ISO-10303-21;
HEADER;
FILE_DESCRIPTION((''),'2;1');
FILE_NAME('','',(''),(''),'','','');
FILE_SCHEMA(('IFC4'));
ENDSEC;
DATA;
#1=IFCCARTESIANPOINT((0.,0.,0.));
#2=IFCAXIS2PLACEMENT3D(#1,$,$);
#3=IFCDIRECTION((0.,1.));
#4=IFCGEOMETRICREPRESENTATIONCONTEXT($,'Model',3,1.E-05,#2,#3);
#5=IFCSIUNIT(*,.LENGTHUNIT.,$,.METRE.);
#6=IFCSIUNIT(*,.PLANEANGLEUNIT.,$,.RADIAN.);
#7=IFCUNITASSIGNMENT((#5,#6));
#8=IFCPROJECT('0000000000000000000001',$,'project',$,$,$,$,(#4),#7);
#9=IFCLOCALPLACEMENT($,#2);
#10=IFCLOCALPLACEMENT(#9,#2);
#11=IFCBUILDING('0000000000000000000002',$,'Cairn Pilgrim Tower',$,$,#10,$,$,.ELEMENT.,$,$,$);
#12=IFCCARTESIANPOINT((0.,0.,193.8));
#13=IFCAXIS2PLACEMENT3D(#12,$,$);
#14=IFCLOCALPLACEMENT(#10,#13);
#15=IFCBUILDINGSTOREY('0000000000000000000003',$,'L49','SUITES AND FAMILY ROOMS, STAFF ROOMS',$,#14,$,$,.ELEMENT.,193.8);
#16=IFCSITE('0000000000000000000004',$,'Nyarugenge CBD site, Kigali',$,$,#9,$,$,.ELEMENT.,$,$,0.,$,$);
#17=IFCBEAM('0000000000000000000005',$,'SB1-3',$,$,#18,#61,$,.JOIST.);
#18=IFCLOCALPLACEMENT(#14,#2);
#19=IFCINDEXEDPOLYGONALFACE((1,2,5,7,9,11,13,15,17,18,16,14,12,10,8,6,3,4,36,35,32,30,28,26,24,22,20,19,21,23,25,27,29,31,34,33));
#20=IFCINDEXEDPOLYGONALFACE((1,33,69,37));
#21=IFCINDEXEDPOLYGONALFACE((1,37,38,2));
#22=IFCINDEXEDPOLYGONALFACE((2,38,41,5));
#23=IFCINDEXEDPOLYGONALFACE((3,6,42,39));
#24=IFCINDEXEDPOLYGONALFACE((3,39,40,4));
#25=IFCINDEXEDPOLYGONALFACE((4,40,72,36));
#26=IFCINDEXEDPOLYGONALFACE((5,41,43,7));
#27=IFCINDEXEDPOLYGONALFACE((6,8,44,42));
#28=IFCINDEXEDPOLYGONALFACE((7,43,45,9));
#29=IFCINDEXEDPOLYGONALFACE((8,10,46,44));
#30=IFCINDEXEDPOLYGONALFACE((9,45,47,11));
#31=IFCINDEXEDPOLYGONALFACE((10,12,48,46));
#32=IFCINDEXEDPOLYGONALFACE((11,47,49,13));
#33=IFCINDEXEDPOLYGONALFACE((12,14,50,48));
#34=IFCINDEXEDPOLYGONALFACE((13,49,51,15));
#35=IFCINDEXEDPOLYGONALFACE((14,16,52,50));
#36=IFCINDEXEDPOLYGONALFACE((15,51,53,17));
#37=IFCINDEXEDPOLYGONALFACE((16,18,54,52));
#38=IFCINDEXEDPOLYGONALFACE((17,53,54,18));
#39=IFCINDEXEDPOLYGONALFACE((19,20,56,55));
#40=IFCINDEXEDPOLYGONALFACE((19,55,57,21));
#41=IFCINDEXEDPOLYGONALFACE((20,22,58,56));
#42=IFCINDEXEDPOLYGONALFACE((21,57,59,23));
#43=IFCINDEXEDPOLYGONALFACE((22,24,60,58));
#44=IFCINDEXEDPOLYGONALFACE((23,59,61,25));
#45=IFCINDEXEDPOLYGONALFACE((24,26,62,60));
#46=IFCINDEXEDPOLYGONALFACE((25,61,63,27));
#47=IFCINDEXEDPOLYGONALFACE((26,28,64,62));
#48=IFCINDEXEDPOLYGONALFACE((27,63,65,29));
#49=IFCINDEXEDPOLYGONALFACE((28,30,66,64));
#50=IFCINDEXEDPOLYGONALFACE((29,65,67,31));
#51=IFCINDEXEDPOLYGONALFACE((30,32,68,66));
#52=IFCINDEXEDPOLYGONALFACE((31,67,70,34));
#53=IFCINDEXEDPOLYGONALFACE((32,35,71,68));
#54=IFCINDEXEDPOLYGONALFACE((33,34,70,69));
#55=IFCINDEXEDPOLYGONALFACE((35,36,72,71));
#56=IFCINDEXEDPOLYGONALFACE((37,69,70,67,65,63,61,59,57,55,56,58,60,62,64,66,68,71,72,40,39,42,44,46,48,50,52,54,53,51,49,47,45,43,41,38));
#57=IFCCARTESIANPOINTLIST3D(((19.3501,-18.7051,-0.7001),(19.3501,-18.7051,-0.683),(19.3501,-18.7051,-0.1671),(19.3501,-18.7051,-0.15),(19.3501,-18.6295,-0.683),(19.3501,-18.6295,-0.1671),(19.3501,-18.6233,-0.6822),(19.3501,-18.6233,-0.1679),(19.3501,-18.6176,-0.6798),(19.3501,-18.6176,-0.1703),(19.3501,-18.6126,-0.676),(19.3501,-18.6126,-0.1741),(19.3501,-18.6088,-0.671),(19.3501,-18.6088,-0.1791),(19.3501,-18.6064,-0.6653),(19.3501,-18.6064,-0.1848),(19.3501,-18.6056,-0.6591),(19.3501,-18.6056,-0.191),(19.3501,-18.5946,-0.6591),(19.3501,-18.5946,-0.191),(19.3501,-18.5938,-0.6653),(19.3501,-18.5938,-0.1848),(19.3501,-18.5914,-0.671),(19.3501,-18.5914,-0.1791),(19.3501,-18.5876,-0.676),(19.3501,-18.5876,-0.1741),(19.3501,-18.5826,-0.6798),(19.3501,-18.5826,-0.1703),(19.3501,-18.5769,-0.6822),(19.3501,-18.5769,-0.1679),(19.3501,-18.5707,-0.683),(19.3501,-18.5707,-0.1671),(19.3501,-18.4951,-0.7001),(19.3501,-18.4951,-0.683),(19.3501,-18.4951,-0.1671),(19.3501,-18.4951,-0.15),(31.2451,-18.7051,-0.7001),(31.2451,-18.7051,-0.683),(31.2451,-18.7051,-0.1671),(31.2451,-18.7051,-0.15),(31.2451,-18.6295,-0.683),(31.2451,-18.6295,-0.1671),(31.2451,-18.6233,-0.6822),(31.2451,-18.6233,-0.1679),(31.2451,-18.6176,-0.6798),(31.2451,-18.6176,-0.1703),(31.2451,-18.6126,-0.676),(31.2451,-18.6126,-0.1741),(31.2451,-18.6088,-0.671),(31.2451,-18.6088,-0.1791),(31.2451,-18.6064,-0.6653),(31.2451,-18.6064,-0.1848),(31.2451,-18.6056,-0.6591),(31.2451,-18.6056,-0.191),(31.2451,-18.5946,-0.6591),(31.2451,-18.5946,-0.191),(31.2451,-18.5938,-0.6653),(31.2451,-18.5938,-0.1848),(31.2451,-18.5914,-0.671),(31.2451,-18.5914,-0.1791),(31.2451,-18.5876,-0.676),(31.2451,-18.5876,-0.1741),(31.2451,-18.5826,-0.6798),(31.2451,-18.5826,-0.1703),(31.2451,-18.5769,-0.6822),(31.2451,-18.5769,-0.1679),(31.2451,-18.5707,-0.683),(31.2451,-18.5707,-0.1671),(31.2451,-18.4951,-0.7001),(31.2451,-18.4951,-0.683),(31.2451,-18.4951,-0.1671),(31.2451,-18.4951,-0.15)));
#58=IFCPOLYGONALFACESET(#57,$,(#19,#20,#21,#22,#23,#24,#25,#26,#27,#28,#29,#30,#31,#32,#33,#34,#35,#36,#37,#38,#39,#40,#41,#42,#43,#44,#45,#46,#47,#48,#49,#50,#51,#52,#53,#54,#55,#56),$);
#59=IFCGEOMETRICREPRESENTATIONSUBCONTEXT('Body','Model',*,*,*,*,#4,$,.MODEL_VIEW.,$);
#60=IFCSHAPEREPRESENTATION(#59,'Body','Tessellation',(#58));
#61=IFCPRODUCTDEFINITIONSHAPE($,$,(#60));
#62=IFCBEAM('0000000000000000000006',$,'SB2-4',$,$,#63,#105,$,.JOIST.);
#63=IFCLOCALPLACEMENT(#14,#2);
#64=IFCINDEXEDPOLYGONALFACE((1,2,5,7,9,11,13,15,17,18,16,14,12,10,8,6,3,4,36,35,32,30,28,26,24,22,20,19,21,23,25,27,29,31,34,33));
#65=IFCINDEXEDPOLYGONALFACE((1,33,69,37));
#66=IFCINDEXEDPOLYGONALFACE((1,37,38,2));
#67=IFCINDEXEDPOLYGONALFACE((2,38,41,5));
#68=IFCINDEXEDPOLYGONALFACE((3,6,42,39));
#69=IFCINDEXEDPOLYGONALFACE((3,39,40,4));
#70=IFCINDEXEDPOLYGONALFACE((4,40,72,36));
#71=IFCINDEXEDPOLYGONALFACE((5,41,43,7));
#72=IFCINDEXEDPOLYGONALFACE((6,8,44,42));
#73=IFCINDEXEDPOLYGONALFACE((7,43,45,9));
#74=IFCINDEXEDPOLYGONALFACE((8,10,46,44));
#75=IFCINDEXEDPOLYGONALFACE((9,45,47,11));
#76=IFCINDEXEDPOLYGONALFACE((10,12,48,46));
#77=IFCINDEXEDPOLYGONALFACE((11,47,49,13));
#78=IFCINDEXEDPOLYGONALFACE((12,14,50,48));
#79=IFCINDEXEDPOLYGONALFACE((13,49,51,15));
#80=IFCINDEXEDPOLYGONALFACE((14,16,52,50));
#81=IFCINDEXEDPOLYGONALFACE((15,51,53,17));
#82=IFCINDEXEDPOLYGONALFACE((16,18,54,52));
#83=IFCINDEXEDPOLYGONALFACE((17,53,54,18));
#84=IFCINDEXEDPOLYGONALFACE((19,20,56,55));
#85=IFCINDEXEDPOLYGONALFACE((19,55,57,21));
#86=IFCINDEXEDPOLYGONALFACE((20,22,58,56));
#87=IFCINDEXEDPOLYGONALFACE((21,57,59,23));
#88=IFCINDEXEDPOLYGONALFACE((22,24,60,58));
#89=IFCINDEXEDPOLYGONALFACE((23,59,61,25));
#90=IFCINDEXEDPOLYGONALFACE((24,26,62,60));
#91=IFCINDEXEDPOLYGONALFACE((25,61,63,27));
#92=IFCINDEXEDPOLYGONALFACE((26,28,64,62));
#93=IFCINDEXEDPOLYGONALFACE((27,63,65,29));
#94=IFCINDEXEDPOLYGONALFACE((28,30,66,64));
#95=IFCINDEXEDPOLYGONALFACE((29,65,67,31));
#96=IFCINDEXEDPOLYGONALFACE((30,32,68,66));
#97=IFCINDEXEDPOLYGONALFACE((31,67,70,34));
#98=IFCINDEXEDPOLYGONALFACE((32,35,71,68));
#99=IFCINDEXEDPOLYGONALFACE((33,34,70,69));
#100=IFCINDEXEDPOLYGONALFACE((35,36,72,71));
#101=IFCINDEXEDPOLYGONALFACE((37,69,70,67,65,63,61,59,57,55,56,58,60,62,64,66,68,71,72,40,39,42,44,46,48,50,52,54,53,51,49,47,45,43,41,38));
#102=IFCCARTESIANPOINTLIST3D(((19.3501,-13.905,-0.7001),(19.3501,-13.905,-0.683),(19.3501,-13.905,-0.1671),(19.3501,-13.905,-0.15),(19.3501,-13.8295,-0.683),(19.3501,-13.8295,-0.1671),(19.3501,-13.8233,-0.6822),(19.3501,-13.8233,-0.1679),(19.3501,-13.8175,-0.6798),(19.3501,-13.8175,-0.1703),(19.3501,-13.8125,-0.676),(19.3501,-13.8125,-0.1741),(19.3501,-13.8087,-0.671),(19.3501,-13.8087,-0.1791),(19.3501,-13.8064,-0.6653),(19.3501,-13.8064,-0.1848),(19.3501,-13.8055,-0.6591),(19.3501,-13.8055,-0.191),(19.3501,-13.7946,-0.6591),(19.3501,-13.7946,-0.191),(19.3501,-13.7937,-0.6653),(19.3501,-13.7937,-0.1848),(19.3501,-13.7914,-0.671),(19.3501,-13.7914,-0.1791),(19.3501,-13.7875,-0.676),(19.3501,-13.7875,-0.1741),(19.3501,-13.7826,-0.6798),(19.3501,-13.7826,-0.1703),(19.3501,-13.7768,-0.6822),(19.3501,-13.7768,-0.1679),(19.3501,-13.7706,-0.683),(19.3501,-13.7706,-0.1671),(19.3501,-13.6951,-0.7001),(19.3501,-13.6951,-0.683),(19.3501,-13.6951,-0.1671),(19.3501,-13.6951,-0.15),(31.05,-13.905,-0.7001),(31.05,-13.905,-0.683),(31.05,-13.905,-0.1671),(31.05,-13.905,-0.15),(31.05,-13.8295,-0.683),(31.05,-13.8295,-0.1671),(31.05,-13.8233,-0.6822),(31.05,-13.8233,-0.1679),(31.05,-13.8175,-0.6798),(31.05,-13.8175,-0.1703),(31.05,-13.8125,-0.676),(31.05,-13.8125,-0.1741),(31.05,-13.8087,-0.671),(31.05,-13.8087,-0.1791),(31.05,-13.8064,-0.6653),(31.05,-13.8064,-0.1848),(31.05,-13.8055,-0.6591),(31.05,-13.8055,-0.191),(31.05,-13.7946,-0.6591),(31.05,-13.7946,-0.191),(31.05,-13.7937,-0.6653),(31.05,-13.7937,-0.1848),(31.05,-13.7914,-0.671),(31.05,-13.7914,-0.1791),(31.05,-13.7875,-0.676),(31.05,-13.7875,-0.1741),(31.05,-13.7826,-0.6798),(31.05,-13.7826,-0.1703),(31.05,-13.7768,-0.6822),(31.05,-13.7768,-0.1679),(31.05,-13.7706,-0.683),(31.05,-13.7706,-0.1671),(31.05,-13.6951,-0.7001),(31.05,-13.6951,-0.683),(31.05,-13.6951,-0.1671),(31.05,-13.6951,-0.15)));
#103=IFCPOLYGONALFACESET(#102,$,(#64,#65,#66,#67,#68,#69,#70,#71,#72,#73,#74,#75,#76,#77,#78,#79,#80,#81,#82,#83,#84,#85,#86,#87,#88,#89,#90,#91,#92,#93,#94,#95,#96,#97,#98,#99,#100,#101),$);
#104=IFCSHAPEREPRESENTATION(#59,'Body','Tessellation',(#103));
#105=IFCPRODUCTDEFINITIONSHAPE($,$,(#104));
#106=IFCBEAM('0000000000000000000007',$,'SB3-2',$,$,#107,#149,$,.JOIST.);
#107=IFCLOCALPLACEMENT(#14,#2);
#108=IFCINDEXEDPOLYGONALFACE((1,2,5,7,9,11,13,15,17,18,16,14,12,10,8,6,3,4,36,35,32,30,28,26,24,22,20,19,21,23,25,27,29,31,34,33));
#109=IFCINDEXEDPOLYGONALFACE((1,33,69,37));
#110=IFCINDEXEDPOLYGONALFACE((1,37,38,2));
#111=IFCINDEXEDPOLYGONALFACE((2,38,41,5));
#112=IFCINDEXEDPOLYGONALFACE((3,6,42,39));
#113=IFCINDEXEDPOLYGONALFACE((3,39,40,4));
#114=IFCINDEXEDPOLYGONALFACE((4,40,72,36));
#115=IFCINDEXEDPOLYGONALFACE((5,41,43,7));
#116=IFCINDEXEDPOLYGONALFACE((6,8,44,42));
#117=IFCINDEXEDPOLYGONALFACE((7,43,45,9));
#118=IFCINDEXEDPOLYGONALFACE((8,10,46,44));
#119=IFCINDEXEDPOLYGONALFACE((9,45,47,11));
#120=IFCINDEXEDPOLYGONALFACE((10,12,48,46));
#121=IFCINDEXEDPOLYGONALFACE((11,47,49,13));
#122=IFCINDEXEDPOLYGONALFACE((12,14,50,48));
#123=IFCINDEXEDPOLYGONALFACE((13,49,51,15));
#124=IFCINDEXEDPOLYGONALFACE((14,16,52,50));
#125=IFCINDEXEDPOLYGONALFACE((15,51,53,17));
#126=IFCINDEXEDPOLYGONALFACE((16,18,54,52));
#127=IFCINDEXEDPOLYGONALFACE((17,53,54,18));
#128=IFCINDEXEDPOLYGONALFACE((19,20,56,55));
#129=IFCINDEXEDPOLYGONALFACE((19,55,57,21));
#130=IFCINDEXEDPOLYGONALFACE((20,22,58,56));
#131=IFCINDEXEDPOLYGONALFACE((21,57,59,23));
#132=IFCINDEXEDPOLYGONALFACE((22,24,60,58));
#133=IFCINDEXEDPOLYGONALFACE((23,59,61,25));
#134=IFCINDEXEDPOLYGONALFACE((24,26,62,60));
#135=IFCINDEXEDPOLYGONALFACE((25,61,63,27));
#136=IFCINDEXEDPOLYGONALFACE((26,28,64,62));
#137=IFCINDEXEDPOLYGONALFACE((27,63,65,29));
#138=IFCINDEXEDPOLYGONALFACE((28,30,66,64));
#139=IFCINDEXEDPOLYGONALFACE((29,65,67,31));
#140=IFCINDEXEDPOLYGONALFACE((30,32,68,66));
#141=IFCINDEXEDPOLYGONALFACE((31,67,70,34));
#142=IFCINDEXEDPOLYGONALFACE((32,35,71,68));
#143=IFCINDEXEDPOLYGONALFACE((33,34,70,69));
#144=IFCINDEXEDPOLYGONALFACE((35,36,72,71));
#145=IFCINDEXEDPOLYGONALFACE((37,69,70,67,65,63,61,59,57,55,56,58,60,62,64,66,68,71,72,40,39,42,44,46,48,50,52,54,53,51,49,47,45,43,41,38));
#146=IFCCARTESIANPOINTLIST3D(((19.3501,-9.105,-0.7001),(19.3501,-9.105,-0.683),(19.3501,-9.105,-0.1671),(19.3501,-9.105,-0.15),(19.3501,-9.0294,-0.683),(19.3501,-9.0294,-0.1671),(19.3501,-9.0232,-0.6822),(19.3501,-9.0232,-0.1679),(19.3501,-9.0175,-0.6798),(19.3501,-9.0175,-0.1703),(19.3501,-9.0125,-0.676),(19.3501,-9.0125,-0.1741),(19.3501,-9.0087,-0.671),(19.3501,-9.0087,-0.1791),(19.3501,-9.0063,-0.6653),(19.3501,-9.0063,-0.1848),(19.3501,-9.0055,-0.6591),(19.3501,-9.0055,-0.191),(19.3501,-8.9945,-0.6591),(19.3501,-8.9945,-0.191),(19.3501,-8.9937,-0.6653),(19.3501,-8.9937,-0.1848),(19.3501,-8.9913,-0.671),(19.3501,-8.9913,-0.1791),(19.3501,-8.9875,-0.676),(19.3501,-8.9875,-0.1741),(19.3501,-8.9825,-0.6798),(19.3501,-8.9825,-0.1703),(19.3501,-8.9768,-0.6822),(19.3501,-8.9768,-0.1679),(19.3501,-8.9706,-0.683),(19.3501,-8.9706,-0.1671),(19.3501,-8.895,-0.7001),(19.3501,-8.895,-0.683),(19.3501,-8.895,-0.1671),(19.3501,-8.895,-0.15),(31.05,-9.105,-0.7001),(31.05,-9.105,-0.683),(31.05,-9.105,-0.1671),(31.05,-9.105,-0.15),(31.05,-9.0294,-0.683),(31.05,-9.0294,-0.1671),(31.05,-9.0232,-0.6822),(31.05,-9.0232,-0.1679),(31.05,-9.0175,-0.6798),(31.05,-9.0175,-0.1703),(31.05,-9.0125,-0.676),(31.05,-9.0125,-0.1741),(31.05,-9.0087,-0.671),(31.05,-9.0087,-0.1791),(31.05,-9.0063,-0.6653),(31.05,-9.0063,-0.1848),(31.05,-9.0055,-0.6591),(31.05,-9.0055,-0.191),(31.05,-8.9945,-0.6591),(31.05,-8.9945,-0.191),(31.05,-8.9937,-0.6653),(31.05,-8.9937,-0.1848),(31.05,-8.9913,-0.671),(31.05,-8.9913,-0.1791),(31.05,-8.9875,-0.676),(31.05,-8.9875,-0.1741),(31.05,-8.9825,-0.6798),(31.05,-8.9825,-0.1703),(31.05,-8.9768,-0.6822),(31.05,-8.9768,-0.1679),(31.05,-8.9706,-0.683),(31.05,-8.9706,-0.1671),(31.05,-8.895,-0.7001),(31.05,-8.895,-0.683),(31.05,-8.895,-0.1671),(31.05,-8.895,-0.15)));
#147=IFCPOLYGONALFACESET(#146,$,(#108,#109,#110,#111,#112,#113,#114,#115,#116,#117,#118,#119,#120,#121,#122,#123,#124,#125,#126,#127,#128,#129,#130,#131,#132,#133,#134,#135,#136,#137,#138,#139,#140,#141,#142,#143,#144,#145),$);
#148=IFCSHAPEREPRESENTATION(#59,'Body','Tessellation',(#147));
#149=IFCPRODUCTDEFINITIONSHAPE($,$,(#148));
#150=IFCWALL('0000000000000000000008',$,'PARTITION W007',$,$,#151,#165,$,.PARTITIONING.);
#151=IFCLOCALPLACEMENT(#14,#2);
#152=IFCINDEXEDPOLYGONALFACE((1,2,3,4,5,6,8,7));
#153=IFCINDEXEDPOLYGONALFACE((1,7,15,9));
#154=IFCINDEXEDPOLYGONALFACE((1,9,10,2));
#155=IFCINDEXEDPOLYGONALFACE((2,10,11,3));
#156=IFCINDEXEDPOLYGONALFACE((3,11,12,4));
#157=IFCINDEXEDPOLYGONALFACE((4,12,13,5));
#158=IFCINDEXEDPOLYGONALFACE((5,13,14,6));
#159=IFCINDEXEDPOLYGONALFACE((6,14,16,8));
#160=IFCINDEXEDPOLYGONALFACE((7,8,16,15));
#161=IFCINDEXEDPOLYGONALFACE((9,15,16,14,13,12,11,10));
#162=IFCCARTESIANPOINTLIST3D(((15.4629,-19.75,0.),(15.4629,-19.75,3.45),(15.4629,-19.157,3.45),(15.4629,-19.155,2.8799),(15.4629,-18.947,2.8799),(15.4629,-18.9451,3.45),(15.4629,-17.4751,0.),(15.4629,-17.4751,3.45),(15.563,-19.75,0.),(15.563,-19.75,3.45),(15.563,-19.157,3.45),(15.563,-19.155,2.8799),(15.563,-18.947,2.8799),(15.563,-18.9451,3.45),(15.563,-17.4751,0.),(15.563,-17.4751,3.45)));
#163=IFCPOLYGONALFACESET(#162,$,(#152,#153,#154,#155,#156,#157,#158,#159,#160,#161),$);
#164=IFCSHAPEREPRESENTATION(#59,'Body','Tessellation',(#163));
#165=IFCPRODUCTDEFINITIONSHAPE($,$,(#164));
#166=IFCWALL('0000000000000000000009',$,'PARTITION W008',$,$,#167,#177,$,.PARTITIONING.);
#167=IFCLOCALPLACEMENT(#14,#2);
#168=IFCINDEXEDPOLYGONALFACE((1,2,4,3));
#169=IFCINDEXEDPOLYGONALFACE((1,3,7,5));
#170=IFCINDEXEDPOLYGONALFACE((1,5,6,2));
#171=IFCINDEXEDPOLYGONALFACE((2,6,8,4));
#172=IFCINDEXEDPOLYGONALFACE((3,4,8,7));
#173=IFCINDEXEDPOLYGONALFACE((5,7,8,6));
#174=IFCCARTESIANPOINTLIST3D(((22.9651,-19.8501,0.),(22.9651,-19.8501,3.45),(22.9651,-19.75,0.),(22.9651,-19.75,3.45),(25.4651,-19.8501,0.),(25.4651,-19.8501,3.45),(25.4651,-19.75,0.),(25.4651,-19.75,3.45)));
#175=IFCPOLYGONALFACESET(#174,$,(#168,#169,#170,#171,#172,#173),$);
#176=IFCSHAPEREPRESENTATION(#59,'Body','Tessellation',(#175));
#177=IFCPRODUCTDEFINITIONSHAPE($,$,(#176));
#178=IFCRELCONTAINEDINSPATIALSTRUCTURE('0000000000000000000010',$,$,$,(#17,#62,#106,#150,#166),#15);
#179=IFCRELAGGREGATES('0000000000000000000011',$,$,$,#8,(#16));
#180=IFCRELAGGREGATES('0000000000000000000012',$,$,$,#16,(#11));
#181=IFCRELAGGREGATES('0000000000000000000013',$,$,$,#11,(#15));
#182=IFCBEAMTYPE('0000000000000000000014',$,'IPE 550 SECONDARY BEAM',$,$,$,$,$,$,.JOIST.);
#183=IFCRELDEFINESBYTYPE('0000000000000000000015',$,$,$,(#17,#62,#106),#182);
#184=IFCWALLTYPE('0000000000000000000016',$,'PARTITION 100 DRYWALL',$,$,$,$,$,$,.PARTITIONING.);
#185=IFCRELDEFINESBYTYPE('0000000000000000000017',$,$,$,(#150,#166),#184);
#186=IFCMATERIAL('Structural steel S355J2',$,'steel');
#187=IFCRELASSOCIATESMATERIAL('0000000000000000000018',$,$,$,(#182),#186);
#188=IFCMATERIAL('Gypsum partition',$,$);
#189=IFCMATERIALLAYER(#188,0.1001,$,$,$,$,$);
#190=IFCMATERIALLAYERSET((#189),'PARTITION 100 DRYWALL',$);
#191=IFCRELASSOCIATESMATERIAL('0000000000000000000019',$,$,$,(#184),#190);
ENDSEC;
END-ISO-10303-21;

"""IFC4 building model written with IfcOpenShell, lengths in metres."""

from ifc_helpers import new_model, si_unit, direction, frame, frame_2d, origin, origin_2d, place, context, subcontext, project, spatial, polyline, rectangle, i_section, outline, extrude, material, layer, layer_set, material_profile, profile_set, type_object, element, save


model = new_model("IFC4")

# Units and contexts
model_context = context("Model", 3, precision=1e-05, world=origin(), true_north=direction((0.0, 1.0)))
body_context = subcontext(model_context, "Body", "Model", "MODEL_VIEW")
ifc_project = project(units=[si_unit("LENGTHUNIT", "METRE"), si_unit("PLANEANGLEUNIT", "RADIAN")], contexts=[model_context])

# Site, building, storey
site_placement = place(None, origin())
site = spatial("IfcSite", under=ifc_project, at=site_placement, Name="Nyarugenge CBD site, Kigali", CompositionType="ELEMENT", RefElevation=0.0)
building_placement = place(site_placement, origin())
building = spatial("IfcBuilding", under=site, at=building_placement, Name="Cairn Pilgrim Tower", CompositionType="ELEMENT")
storey_placement = place(building_placement, frame((0.0, 0.0, 193.8)))
storey = spatial("IfcBuildingStorey", under=building, at=storey_placement, Name="L49", Description="SUITES AND FAMILY ROOMS, STAFF ROOMS", CompositionType="ELEMENT", Elevation=193.8)

# Beams
ifc_material_1 = material(Name="Structural steel S355J2", Category="steel")
ifc_material_profile = material_profile(ifc_material_1, i_section(OverallWidth=0.21, OverallDepth=0.55, WebThickness=0.011, FlangeThickness=0.0171, FilletRadius=0.0239, at=origin_2d()), Name="IPE 550")
ifc_profile_set = profile_set([ifc_material_profile], Name="Structural steel S355J2")
beam_type = type_object("IfcBeamType", Name="IPE 550 SECONDARY BEAM", PredefinedType="JOIST", material=ifc_profile_set)
beam_placement = place(storey_placement, frame((19.3501, -18.6001, -0.425), z_axis=(1.0, 0.0, 0.0), x_axis=(0.0, 1.0, 0.0)))
element("IfcBeam", 1, at=beam_placement, inside=storey, type_object=beam_type, Name="SB1-3", PredefinedType="JOIST", context=body_context, shape_type="SweptSolid", body=[
    extrude(i_section(OverallWidth=0.21, OverallDepth=0.55, WebThickness=0.011, FlangeThickness=0.0171, FilletRadius=0.0239, at=origin_2d()), origin(), (0.0, 0.0, 1.0), 11.895),
])
for number, where, z_axis, x_axis, name in (
    (2, (19.3501, -13.8, -0.425), (1.0, 0.0, 0.0), (0.0, 1.0, 0.0), "SB2-4"),
    (3, (19.3501, -9.0, -0.425), (1.0, 0.0, 0.0), (0.0, 1.0, 0.0), "SB3-2"),
):
    element("IfcBeam", number, at=place(storey_placement, frame(where, z_axis=z_axis, x_axis=x_axis)), inside=storey, type_object=beam_type, Name=name, PredefinedType="JOIST", context=body_context, shape_type="SweptSolid", body=[
        extrude(i_section(OverallWidth=0.21, OverallDepth=0.55, WebThickness=0.011, FlangeThickness=0.0171, FilletRadius=0.0239, at=origin_2d()), origin(), (0.0, 0.0, 1.0), 11.7),
    ])

# Walls
ifc_material_2 = material(Name="Gypsum partition")
ifc_layer_1 = layer(ifc_material_2, 0.1001)
ifc_layer_set_1 = layer_set([ifc_layer_1], Name="PARTITION 100 DRYWALL")
wall_type_1 = type_object("IfcWallType", Name="PARTITION 100 DRYWALL", PredefinedType="PARTITIONING", material=ifc_layer_set_1)
wall_1_placement = place(storey_placement, frame((15.5129, -19.75, 0.0), z_axis=(0.0, 0.0, 1.0), x_axis=(0.0, 1.0, 0.0)))
element("IfcWall", 4, at=wall_1_placement, inside=storey, type_object=wall_type_1, Name="PARTITION W007", PredefinedType="PARTITIONING", context=body_context, shape_type="SweptSolid", body=[
    extrude(outline(polyline([(0.0, 0.0), (2.2749, 0.0), (2.2749, 3.45), (0.8049, 3.45), (0.803, 2.8799), (0.595, 2.8799), (0.593, 3.45), (0.0, 3.45), (0.0, 0.0)])), frame((0.0, 0.05, 0.0), z_axis=(0.0, -1.0, 0.0), x_axis=(1.0, 0.0, 0.0)), (0.0, 0.0, 1.0), 0.1001),
])
wall_2_placement = place(storey_placement, frame((22.9651, -19.8, 0.0), z_axis=(0.0, 0.0, 1.0), x_axis=(1.0, 0.0, 0.0)))
element("IfcWall", 5, at=wall_2_placement, inside=storey, type_object=wall_type_1, Name="PARTITION W008", PredefinedType="PARTITIONING", context=body_context, shape_type="SweptSolid", body=[
    extrude(rectangle(XDim=2.5, YDim=0.1001, at=frame_2d((1.25, 0.0))), origin(), (0.0, 0.0, 1.0), 3.45),
])

save(model, "model.ifc")
